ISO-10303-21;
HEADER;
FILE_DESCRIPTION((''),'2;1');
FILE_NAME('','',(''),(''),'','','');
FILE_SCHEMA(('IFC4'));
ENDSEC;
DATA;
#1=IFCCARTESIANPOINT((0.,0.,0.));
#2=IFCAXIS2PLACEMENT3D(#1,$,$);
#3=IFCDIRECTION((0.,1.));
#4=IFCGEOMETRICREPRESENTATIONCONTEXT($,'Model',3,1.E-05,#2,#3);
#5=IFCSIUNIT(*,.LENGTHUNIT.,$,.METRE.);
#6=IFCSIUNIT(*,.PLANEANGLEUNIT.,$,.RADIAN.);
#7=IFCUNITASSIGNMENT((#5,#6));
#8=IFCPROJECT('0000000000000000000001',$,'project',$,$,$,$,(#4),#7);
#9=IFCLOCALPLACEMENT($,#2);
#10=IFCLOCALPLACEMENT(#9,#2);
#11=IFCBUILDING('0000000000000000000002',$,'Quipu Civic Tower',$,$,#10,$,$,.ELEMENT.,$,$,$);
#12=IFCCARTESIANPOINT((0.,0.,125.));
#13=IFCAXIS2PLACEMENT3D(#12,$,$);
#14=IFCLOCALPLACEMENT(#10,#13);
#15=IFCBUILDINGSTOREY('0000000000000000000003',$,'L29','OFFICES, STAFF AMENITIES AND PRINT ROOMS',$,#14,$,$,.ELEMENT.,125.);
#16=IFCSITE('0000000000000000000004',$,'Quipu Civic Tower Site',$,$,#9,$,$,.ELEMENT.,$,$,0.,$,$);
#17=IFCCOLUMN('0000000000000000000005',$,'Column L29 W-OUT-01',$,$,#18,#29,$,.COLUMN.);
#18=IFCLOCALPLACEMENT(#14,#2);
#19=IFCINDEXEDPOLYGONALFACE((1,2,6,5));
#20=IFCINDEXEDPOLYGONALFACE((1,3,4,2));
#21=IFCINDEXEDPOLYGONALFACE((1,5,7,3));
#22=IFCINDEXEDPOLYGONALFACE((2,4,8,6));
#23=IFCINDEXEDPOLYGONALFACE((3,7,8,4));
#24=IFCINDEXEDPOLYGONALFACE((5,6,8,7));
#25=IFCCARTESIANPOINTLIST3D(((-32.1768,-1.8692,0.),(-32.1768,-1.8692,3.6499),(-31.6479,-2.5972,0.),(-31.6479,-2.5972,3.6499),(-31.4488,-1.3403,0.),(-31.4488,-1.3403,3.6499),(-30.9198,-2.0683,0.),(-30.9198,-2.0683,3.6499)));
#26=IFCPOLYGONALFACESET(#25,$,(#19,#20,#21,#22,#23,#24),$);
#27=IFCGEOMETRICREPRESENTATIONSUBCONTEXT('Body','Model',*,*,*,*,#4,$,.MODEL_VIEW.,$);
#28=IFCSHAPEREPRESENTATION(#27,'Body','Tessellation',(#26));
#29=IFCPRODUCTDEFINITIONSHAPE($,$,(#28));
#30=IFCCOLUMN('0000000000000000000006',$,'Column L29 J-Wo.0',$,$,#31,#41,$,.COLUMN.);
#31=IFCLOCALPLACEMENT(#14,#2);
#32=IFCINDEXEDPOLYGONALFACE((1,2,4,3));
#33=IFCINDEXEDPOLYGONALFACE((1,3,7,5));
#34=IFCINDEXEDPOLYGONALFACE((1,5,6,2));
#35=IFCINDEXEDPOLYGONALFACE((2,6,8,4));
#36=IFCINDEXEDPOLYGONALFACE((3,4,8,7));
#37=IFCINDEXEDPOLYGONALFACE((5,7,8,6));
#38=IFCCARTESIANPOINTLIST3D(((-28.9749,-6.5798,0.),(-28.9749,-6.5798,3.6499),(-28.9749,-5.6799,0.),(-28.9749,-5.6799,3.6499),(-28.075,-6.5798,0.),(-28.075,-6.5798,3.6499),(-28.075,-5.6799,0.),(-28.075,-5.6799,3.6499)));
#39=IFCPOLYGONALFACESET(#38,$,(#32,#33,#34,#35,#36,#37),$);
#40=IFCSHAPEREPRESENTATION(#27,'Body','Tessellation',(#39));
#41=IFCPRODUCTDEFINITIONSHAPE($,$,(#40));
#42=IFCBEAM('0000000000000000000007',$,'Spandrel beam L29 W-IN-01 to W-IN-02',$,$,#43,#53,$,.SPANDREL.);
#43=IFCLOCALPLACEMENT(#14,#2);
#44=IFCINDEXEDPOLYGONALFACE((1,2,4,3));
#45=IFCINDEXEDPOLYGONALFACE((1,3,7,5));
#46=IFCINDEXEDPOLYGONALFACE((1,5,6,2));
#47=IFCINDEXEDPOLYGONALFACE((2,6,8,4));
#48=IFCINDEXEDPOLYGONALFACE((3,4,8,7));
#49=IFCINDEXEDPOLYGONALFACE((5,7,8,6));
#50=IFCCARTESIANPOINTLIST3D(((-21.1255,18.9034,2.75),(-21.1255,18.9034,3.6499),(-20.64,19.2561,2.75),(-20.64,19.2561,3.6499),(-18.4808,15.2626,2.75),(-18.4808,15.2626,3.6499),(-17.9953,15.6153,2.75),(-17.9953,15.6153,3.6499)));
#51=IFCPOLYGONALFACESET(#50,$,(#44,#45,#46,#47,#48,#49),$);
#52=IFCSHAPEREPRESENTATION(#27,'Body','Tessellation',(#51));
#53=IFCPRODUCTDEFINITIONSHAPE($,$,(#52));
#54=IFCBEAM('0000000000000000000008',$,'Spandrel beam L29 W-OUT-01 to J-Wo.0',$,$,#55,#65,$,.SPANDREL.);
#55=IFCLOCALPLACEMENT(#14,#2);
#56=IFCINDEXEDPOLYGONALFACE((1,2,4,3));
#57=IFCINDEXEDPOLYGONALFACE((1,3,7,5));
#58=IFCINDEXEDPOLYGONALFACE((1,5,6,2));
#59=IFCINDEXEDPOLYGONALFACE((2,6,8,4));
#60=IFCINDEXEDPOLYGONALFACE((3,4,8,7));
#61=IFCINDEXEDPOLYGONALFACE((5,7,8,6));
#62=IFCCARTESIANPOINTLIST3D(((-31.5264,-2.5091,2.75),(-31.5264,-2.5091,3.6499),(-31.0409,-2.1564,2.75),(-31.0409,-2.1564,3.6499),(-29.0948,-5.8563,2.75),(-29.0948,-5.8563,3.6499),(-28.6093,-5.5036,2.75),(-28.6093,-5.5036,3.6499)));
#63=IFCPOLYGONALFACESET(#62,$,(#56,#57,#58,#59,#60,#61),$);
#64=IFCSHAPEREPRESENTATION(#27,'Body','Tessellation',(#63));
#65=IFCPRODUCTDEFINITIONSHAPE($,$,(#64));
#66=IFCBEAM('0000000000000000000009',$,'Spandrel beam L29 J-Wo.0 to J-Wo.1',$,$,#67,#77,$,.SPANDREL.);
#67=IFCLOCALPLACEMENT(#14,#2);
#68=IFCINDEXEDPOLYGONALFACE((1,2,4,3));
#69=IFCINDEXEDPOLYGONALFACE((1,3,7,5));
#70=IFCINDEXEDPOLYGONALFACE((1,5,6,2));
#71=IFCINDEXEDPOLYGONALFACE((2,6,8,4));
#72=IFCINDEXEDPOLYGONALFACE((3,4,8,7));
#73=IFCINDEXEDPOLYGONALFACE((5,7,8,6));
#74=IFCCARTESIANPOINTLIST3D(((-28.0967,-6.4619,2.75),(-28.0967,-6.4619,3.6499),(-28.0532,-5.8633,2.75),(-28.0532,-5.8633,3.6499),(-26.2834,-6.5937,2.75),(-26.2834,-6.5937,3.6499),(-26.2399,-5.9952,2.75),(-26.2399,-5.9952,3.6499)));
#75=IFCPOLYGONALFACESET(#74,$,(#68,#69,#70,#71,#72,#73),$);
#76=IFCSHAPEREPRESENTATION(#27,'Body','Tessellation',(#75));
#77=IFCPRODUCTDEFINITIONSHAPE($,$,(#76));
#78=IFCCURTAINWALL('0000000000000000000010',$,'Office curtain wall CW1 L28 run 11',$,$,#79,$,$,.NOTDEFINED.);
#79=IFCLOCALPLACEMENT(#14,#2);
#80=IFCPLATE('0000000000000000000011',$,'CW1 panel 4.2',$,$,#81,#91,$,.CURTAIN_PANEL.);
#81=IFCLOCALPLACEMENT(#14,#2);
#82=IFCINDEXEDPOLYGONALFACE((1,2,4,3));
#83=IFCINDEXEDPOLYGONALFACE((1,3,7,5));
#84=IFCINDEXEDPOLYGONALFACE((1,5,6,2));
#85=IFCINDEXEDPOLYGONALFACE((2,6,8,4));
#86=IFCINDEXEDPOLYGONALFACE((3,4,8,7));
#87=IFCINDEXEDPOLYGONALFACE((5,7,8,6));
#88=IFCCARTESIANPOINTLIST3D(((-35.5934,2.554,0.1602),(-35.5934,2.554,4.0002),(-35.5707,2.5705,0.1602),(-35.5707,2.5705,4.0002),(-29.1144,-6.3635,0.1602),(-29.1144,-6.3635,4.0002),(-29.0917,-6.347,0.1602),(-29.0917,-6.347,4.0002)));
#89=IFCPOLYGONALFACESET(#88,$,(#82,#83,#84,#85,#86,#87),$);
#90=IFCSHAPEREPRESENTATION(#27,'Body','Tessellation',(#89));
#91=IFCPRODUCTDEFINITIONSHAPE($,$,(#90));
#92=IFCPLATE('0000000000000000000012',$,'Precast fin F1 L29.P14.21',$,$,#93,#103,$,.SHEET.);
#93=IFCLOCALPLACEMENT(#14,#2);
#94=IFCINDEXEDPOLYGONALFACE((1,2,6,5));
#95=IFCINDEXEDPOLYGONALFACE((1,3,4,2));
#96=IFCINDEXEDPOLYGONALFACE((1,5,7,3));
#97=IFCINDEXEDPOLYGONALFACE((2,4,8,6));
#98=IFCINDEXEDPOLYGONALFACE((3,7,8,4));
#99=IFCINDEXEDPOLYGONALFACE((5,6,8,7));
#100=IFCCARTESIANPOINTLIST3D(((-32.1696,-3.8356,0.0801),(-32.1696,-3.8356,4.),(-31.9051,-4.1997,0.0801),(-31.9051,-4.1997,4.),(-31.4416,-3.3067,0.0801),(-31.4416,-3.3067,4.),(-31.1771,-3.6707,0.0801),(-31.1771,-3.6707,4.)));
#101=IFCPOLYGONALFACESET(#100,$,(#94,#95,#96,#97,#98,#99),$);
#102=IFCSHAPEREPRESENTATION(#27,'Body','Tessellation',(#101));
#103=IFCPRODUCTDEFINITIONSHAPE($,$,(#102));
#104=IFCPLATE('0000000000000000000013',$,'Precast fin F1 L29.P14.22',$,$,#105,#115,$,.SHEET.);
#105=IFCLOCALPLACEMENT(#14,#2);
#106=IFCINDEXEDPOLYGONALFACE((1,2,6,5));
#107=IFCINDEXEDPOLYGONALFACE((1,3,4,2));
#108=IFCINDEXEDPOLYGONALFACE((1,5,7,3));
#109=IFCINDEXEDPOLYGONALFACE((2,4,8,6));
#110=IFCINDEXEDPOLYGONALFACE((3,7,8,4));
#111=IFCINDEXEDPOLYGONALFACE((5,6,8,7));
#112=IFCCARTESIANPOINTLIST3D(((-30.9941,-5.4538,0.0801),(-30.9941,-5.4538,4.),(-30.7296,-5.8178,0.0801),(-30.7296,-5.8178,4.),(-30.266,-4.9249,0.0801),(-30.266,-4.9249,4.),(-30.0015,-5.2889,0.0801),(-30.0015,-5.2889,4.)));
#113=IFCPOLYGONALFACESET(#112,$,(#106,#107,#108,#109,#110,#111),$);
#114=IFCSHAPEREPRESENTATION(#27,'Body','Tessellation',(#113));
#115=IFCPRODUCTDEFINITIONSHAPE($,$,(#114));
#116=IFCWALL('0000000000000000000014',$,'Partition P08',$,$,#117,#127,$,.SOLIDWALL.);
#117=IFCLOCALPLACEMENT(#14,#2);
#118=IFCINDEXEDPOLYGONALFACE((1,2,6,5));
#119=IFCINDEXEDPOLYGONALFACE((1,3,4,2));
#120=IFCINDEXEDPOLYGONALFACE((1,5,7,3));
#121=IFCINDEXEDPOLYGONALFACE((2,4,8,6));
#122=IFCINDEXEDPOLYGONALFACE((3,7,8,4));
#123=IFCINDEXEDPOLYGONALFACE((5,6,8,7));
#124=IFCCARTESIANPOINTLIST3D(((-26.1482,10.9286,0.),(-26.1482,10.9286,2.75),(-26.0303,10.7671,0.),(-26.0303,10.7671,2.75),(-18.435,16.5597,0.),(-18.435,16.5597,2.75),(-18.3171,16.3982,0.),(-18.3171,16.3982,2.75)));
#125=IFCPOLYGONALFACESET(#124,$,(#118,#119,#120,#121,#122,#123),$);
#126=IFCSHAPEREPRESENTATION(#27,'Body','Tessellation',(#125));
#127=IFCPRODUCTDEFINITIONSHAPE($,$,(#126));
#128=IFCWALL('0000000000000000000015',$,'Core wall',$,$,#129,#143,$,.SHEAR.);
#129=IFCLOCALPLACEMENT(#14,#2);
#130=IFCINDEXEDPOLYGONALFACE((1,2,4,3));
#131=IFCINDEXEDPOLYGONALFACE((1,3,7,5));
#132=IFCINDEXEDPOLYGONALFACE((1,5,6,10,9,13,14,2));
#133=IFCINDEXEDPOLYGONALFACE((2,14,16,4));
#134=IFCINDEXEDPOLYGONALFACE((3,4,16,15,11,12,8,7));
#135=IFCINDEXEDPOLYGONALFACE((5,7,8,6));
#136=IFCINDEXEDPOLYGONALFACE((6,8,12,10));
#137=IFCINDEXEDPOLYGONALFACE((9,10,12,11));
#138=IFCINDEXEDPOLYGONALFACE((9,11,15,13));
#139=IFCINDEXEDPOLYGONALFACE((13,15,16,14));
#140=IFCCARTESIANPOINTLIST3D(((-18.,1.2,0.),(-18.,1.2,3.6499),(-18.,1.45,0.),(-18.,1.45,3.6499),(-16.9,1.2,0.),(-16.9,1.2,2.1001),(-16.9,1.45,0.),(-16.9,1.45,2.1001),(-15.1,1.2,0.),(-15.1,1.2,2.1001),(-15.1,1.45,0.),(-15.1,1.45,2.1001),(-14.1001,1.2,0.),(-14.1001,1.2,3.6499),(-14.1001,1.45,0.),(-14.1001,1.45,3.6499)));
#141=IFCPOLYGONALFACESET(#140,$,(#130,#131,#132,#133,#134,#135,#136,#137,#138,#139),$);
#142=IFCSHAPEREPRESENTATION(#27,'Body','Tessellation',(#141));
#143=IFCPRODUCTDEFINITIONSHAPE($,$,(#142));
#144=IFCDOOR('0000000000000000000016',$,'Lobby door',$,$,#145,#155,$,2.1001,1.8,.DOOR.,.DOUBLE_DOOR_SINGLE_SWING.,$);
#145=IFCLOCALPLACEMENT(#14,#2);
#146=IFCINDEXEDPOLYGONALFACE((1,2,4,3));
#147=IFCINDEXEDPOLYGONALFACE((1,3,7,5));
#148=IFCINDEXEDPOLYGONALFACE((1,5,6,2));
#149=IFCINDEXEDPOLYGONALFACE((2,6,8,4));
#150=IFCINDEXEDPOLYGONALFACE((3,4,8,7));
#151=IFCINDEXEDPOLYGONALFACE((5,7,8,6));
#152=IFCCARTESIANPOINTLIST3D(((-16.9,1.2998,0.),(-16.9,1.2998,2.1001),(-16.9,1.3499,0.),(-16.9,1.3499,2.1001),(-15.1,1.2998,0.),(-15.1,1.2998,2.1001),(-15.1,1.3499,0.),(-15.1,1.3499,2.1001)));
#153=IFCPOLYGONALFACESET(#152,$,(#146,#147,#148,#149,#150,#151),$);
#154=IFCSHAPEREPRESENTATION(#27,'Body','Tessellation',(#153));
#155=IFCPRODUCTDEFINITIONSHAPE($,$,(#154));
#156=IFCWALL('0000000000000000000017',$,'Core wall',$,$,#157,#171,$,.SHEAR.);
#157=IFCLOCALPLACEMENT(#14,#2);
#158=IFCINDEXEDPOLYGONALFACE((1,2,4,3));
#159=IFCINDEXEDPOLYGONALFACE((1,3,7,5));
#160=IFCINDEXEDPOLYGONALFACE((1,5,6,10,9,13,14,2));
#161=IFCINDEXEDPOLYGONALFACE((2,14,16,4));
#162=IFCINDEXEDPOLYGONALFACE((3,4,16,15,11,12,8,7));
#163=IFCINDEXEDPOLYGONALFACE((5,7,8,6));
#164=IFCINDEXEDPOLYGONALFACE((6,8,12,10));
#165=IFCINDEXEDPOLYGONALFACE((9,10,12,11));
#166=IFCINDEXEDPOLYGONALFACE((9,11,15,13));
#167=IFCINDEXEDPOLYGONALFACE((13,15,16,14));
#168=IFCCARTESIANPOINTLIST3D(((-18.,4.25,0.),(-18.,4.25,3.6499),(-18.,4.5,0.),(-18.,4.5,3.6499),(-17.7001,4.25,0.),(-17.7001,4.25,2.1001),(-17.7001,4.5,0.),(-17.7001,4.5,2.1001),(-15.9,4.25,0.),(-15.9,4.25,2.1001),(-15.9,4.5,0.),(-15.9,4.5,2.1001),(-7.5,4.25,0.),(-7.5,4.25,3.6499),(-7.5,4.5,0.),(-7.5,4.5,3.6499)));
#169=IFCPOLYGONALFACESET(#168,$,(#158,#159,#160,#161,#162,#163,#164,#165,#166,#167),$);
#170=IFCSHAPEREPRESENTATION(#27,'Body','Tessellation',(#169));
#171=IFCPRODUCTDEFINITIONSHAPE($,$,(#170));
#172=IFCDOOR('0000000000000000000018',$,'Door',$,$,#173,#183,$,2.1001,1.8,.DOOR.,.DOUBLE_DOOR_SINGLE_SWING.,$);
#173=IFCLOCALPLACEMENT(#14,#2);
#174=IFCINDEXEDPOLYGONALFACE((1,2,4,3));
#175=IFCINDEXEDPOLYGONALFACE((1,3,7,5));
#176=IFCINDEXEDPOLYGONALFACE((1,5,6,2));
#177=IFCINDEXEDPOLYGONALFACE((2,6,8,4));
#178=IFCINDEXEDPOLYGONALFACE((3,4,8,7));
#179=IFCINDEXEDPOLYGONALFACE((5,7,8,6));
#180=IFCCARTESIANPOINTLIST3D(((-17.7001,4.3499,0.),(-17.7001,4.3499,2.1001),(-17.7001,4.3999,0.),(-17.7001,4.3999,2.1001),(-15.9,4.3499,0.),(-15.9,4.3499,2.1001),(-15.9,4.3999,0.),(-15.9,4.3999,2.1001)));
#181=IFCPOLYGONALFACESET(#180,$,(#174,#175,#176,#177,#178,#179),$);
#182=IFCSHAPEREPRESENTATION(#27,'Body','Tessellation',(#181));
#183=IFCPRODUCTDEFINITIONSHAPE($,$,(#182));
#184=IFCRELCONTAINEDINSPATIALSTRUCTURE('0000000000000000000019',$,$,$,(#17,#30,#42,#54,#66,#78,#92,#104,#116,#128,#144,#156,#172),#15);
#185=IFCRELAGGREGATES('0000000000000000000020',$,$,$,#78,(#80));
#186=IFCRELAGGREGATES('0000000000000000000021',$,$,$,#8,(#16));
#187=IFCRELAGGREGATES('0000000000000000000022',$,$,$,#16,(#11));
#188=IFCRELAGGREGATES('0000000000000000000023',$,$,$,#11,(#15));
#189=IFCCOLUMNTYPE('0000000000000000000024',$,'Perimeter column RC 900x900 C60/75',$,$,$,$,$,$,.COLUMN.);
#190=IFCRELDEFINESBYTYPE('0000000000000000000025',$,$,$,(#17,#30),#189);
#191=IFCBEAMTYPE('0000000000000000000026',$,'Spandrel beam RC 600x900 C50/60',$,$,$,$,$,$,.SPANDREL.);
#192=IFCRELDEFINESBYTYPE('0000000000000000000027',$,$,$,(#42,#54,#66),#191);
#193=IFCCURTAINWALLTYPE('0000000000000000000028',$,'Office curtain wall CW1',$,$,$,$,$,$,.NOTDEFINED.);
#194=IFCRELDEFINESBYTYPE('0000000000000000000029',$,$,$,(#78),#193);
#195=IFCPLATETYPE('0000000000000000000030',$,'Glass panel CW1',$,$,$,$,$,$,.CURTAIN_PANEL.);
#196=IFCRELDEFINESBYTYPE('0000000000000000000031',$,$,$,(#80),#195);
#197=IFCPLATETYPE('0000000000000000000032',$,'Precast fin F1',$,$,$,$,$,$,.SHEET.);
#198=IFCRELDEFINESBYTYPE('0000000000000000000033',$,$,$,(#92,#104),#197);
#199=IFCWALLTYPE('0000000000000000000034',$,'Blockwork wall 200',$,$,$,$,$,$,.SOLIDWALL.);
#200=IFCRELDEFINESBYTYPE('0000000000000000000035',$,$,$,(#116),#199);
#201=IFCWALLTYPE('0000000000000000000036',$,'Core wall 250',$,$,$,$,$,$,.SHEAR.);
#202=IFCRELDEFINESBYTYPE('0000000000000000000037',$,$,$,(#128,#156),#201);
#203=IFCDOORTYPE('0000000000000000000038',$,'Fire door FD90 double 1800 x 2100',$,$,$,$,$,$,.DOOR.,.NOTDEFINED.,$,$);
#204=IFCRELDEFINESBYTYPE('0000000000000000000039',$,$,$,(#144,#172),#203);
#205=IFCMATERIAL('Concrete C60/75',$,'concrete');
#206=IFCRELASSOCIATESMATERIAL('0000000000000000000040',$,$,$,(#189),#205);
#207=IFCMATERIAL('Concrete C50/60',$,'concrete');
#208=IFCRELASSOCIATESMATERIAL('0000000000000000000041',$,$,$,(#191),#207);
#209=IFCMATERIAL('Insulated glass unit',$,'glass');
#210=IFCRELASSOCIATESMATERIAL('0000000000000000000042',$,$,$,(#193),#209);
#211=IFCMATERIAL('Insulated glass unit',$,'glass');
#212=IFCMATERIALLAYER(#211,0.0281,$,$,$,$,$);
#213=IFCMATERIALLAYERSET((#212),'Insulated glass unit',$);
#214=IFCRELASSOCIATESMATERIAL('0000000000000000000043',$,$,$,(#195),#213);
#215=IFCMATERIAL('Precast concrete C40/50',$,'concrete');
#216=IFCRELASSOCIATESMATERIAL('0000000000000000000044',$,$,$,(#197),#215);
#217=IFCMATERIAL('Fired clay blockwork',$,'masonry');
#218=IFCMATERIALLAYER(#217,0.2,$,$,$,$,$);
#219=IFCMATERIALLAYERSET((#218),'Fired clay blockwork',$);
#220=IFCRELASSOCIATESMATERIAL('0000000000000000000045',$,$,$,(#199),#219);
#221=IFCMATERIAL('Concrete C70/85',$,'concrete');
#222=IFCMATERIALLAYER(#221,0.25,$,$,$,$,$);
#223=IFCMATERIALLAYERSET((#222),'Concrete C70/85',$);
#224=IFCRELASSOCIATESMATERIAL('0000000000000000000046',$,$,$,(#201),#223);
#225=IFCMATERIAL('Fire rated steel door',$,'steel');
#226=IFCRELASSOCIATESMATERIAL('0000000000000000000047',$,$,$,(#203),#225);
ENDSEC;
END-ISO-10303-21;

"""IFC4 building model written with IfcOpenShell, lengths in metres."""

from ifc_helpers import new_model, si_unit, direction, frame, frame_2d, origin, origin_2d, place, context, subcontext, project, spatial, rectangle, extrude, material, layer, layer_set, material_profile, profile_set, type_object, element, fill, aggregate, save


model = new_model("IFC4")

# Units and contexts
model_context = context("Model", 3, precision=1e-05, world=origin(), true_north=direction((0.0, 1.0)))
body_context = subcontext(model_context, "Body", "Model", "MODEL_VIEW")
ifc_project = project(units=[si_unit("LENGTHUNIT", "METRE"), si_unit("PLANEANGLEUNIT", "RADIAN")], contexts=[model_context])

# Site, building, storey
site_placement = place(None, origin())
site = spatial("IfcSite", under=ifc_project, at=site_placement, Name="Quipu Civic Tower Site", CompositionType="ELEMENT", RefElevation=0.0)
building_placement = place(site_placement, origin())
building = spatial("IfcBuilding", under=site, at=building_placement, Name="Quipu Civic Tower", CompositionType="ELEMENT")
storey_placement = place(building_placement, frame((0.0, 0.0, 125.0)))
storey = spatial("IfcBuildingStorey", under=building, at=storey_placement, Name="L29", Description="OFFICES, STAFF AMENITIES AND PRINT ROOMS", CompositionType="ELEMENT", Elevation=125.0)

# Columns
ifc_material_1 = material(Name="Concrete C60/75", Category="concrete")
ifc_material_profile_1 = material_profile(ifc_material_1, rectangle(XDim=0.8999, YDim=0.8999, at=origin_2d()), Name="RC900x900")
ifc_profile_set_1 = profile_set([ifc_material_profile_1], Name="Concrete C60/75")
column_type = type_object("IfcColumnType", Name="Perimeter column RC 900x900 C60/75", PredefinedType="COLUMN", material=ifc_profile_set_1)
for number, where, z_axis, x_axis, name in (
    (1, (-31.5483, -1.9688, 0.0), (0.0, 0.0, 1.0), (0.587785, -0.809017, 0.0), "Column L29 W-OUT-01"),
    (2, (-28.5249, -6.1299, 0.0), (0.0, 0.0, 1.0), (1.0, 0.0, 0.0), "Column L29 J-Wo.0"),
):
    element("IfcColumn", number, at=place(storey_placement, frame(where, z_axis=z_axis, x_axis=x_axis)), inside=storey, type_object=column_type, Name=name, PredefinedType="COLUMN", context=body_context, shape_type="SweptSolid", body=[
        extrude(rectangle(XDim=0.8999, YDim=0.8999, at=origin_2d()), origin(), (0.0, 0.0, 1.0), 3.6499),
    ])

# Beams
ifc_material_2 = material(Name="Concrete C50/60", Category="concrete")
ifc_material_profile_2 = material_profile(ifc_material_2, rectangle(XDim=0.6001, YDim=0.8999, at=origin_2d()), Name="RC600x900")
ifc_profile_set_2 = profile_set([ifc_material_profile_2], Name="Concrete C50/60")
beam_type = type_object("IfcBeamType", Name="Spandrel beam RC 600x900 C50/60", PredefinedType="SPANDREL", material=ifc_profile_set_2)
beam_1_placement = place(storey_placement, frame((-18.238, 15.439, 3.2), z_axis=(-0.587717, 0.809067, 0.0), x_axis=(-0.809067, -0.587717, 0.0)))
element("IfcBeam", 3, at=beam_1_placement, inside=storey, type_object=beam_type, Name="Spandrel beam L29 W-IN-01 to W-IN-02", PredefinedType="SPANDREL", context=body_context, shape_type="SweptSolid", body=[
    extrude(rectangle(XDim=0.6001, YDim=0.8999, at=origin_2d()), origin(), (0.0, 0.0, 1.0), 4.5),
])
beam_2_placement = place(storey_placement, frame((-31.2837, -2.3328, 3.2), z_axis=(0.587751, -0.809042, 0.0), x_axis=(0.809042, 0.587751, 0.0)))
element("IfcBeam", 4, at=beam_2_placement, inside=storey, type_object=beam_type, Name="Spandrel beam L29 W-OUT-01 to J-Wo.0", PredefinedType="SPANDREL", context=body_context, shape_type="SweptSolid", body=[
    extrude(rectangle(XDim=0.6001, YDim=0.8999, at=origin_2d()), origin(), (0.0, 0.0, 1.0), 4.1372),
])
beam_3_placement = place(storey_placement, frame((-28.075, -6.1626, 3.2), z_axis=(0.997367, -0.072516, 0.0), x_axis=(0.072516, 0.997367, 0.0)))
element("IfcBeam", 5, at=beam_3_placement, inside=storey, type_object=beam_type, Name="Spandrel beam L29 J-Wo.0 to J-Wo.1", PredefinedType="SPANDREL", context=body_context, shape_type="SweptSolid", body=[
    extrude(rectangle(XDim=0.6001, YDim=0.8999, at=origin_2d()), origin(), (0.0, 0.0, 1.0), 1.8181),
])

# Curtain wall, plate
ifc_material_3 = material(Name="Insulated glass unit", Category="glass")
curtain_wall_type = type_object("IfcCurtainWallType", Name="Office curtain wall CW1", PredefinedType="NOTDEFINED", material=ifc_material_3)
curtain_wall_placement = place(storey_placement, origin())
curtain_wall = element("IfcCurtainWall", 6, at=curtain_wall_placement, inside=storey, type_object=curtain_wall_type, Name="Office curtain wall CW1 L28 run 11", PredefinedType="NOTDEFINED")
ifc_material_4 = material(Name="Insulated glass unit", Category="glass")
ifc_layer_1 = layer(ifc_material_4, 0.0281)
ifc_layer_set_1 = layer_set([ifc_layer_1], Name="Insulated glass unit")
plate_type_1 = type_object("IfcPlateType", Name="Glass panel CW1", PredefinedType="CURTAIN_PANEL", material=ifc_layer_set_1)
plate_placement = place(storey_placement, frame((-32.3425, -1.8965, 0.1602), z_axis=(0.0, 0.0, 1.0), x_axis=(0.587786, -0.809017, 0.0)))
plate = element("IfcPlate", 7, at=plate_placement, type_object=plate_type_1, Name="CW1 panel 4.2", PredefinedType="CURTAIN_PANEL", context=body_context, shape_type="SweptSolid", body=[
    extrude(rectangle(XDim=11.0227, YDim=0.0281, at=origin_2d()), origin(), (0.0, 0.0, 1.0), 3.8401),
])
aggregate(curtain_wall, [plate])

# Plates
ifc_material_5 = material(Name="Precast concrete C40/50", Category="concrete")
plate_type_2 = type_object("IfcPlateType", Name="Precast fin F1", PredefinedType="SHEET", material=ifc_material_5)
for number, where, z_axis, x_axis, name in (
    (8, (-31.6733, -3.7532, 0.0801), (0.0, 0.0, 1.0), (0.587786, -0.809017, 0.0), "Precast fin F1 L29.P14.21"),
    (9, (-30.4978, -5.3713, 0.0801), (0.0, 0.0, 1.0), (0.587786, -0.809017, 0.0), "Precast fin F1 L29.P14.22"),
):
    element("IfcPlate", number, at=place(storey_placement, frame(where, z_axis=z_axis, x_axis=x_axis)), inside=storey, type_object=plate_type_2, Name=name, PredefinedType="SHEET", context=body_context, shape_type="SweptSolid", body=[
        extrude(rectangle(XDim=0.45, YDim=0.8999, at=origin_2d()), origin(), (0.0, 0.0, 1.0), 3.9199),
    ])

# Wall
ifc_material_6 = material(Name="Fired clay blockwork", Category="masonry")
ifc_layer_2 = layer(ifc_material_6, 0.2)
ifc_layer_set_2 = layer_set([ifc_layer_2], Name="Fired clay blockwork")
wall_type_1 = type_object("IfcWallType", Name="Blockwork wall 200", PredefinedType="SOLIDWALL", material=ifc_layer_set_2)
wall_1_placement = place(storey_placement, frame((-26.0891, 10.8479, 0.0), z_axis=(0.0, 0.0, 1.0), x_axis=(0.807661, 0.589647, 0.0)))
element("IfcWall", 10, at=wall_1_placement, inside=storey, type_object=wall_type_1, Name="Partition P08", PredefinedType="SOLIDWALL", context=body_context, shape_type="SweptSolid", body=[
    extrude(rectangle(XDim=9.55, YDim=0.2, at=frame_2d((4.7749, 0.0))), origin(), (0.0, 0.0, 1.0), 2.75),
])

# Walls, openings, doors
ifc_material_7 = material(Name="Concrete C70/85", Category="concrete")
ifc_layer_3 = layer(ifc_material_7, 0.25)
ifc_layer_set_3 = layer_set([ifc_layer_3], Name="Concrete C70/85")
wall_type_2 = type_object("IfcWallType", Name="Core wall 250", PredefinedType="SHEAR", material=ifc_layer_set_3)
wall_2_placement = place(storey_placement, frame((-18.0, 1.325, 0.0), z_axis=(0.0, 0.0, 1.0), x_axis=(1.0, 0.0, 0.0)))
wall_2 = element("IfcWall", 11, at=wall_2_placement, inside=storey, type_object=wall_type_2, Name="Core wall", PredefinedType="SHEAR", context=body_context, shape_type="SweptSolid", body=[
    extrude(rectangle(XDim=3.8999, YDim=0.25, at=frame_2d((1.95, 0.0))), origin(), (0.0, 0.0, 1.0), 3.6499),
])
opening_1_placement = place(wall_2_placement, frame((1.1001, 0.0, 0.0)))
opening_1 = element("IfcOpeningElement", 12, at=opening_1_placement, cuts=wall_2, PredefinedType="OPENING", context=body_context, shape_type="SweptSolid", body=[
    extrude(rectangle(XDim=1.8, YDim=2.1001, at=frame_2d((0.8999, 1.05))), frame((0.0, 0.135, 0.0), z_axis=(0.0, -1.0, 0.0), x_axis=(1.0, 0.0, 0.0)), (0.0, 0.0, 1.0), 0.27),
])
ifc_material_8 = material(Name="Fire rated steel door", Category="steel")
door_type_1 = type_object("IfcDoorType", Name="Fire door FD90 double 1800 x 2100", OperationType="NOTDEFINED", PredefinedType="DOOR", material=ifc_material_8)
door_1_placement = place(opening_1_placement, origin())
door_1 = element("IfcDoor", 13, at=door_1_placement, inside=storey, type_object=door_type_1, Name="Lobby door", OperationType="DOUBLE_DOOR_SINGLE_SWING", OverallHeight=2.1001, OverallWidth=1.8, PredefinedType="DOOR", context=body_context, shape_type="SweptSolid", body=[
    extrude(rectangle(XDim=1.8, YDim=2.1001, at=frame_2d((0.8999, 1.05))), frame((0.0, 0.0249, 0.0), z_axis=(0.0, -1.0, 0.0), x_axis=(1.0, 0.0, 0.0)), (0.0, 0.0, 1.0), 0.05),
])
fill(opening_1, door_1)
wall_3_placement = place(storey_placement, frame((-18.0, 4.375, 0.0), z_axis=(0.0, 0.0, 1.0), x_axis=(1.0, 0.0, 0.0)))
wall_3 = element("IfcWall", 14, at=wall_3_placement, inside=storey, type_object=wall_type_2, Name="Core wall", PredefinedType="SHEAR", context=body_context, shape_type="SweptSolid", body=[
    extrude(rectangle(XDim=10.5, YDim=0.25, at=frame_2d((5.25, 0.0))), origin(), (0.0, 0.0, 1.0), 3.6499),
])
opening_2_placement = place(wall_3_placement, frame((0.3, 0.0, 0.0)))
opening_2 = element("IfcOpeningElement", 15, at=opening_2_placement, cuts=wall_3, PredefinedType="OPENING", context=body_context, shape_type="SweptSolid", body=[
    extrude(rectangle(XDim=1.8, YDim=2.1001, at=frame_2d((0.8999, 1.05))), frame((0.0, 0.135, 0.0), z_axis=(0.0, -1.0, 0.0), x_axis=(1.0, 0.0, 0.0)), (0.0, 0.0, 1.0), 0.27),
])
door_2_placement = place(opening_2_placement, origin())
door_2 = element("IfcDoor", 16, at=door_2_placement, inside=storey, type_object=door_type_1, Name="Door", OperationType="DOUBLE_DOOR_SINGLE_SWING", OverallHeight=2.1001, OverallWidth=1.8, PredefinedType="DOOR", context=body_context, shape_type="SweptSolid", body=[
    extrude(rectangle(XDim=1.8, YDim=2.1001, at=frame_2d((0.8999, 1.05))), frame((0.0, 0.0249, 0.0), z_axis=(0.0, -1.0, 0.0), x_axis=(1.0, 0.0, 0.0)), (0.0, 0.0, 1.0), 0.05),
])
fill(opening_2, door_2)

save(model, "model.ifc")
